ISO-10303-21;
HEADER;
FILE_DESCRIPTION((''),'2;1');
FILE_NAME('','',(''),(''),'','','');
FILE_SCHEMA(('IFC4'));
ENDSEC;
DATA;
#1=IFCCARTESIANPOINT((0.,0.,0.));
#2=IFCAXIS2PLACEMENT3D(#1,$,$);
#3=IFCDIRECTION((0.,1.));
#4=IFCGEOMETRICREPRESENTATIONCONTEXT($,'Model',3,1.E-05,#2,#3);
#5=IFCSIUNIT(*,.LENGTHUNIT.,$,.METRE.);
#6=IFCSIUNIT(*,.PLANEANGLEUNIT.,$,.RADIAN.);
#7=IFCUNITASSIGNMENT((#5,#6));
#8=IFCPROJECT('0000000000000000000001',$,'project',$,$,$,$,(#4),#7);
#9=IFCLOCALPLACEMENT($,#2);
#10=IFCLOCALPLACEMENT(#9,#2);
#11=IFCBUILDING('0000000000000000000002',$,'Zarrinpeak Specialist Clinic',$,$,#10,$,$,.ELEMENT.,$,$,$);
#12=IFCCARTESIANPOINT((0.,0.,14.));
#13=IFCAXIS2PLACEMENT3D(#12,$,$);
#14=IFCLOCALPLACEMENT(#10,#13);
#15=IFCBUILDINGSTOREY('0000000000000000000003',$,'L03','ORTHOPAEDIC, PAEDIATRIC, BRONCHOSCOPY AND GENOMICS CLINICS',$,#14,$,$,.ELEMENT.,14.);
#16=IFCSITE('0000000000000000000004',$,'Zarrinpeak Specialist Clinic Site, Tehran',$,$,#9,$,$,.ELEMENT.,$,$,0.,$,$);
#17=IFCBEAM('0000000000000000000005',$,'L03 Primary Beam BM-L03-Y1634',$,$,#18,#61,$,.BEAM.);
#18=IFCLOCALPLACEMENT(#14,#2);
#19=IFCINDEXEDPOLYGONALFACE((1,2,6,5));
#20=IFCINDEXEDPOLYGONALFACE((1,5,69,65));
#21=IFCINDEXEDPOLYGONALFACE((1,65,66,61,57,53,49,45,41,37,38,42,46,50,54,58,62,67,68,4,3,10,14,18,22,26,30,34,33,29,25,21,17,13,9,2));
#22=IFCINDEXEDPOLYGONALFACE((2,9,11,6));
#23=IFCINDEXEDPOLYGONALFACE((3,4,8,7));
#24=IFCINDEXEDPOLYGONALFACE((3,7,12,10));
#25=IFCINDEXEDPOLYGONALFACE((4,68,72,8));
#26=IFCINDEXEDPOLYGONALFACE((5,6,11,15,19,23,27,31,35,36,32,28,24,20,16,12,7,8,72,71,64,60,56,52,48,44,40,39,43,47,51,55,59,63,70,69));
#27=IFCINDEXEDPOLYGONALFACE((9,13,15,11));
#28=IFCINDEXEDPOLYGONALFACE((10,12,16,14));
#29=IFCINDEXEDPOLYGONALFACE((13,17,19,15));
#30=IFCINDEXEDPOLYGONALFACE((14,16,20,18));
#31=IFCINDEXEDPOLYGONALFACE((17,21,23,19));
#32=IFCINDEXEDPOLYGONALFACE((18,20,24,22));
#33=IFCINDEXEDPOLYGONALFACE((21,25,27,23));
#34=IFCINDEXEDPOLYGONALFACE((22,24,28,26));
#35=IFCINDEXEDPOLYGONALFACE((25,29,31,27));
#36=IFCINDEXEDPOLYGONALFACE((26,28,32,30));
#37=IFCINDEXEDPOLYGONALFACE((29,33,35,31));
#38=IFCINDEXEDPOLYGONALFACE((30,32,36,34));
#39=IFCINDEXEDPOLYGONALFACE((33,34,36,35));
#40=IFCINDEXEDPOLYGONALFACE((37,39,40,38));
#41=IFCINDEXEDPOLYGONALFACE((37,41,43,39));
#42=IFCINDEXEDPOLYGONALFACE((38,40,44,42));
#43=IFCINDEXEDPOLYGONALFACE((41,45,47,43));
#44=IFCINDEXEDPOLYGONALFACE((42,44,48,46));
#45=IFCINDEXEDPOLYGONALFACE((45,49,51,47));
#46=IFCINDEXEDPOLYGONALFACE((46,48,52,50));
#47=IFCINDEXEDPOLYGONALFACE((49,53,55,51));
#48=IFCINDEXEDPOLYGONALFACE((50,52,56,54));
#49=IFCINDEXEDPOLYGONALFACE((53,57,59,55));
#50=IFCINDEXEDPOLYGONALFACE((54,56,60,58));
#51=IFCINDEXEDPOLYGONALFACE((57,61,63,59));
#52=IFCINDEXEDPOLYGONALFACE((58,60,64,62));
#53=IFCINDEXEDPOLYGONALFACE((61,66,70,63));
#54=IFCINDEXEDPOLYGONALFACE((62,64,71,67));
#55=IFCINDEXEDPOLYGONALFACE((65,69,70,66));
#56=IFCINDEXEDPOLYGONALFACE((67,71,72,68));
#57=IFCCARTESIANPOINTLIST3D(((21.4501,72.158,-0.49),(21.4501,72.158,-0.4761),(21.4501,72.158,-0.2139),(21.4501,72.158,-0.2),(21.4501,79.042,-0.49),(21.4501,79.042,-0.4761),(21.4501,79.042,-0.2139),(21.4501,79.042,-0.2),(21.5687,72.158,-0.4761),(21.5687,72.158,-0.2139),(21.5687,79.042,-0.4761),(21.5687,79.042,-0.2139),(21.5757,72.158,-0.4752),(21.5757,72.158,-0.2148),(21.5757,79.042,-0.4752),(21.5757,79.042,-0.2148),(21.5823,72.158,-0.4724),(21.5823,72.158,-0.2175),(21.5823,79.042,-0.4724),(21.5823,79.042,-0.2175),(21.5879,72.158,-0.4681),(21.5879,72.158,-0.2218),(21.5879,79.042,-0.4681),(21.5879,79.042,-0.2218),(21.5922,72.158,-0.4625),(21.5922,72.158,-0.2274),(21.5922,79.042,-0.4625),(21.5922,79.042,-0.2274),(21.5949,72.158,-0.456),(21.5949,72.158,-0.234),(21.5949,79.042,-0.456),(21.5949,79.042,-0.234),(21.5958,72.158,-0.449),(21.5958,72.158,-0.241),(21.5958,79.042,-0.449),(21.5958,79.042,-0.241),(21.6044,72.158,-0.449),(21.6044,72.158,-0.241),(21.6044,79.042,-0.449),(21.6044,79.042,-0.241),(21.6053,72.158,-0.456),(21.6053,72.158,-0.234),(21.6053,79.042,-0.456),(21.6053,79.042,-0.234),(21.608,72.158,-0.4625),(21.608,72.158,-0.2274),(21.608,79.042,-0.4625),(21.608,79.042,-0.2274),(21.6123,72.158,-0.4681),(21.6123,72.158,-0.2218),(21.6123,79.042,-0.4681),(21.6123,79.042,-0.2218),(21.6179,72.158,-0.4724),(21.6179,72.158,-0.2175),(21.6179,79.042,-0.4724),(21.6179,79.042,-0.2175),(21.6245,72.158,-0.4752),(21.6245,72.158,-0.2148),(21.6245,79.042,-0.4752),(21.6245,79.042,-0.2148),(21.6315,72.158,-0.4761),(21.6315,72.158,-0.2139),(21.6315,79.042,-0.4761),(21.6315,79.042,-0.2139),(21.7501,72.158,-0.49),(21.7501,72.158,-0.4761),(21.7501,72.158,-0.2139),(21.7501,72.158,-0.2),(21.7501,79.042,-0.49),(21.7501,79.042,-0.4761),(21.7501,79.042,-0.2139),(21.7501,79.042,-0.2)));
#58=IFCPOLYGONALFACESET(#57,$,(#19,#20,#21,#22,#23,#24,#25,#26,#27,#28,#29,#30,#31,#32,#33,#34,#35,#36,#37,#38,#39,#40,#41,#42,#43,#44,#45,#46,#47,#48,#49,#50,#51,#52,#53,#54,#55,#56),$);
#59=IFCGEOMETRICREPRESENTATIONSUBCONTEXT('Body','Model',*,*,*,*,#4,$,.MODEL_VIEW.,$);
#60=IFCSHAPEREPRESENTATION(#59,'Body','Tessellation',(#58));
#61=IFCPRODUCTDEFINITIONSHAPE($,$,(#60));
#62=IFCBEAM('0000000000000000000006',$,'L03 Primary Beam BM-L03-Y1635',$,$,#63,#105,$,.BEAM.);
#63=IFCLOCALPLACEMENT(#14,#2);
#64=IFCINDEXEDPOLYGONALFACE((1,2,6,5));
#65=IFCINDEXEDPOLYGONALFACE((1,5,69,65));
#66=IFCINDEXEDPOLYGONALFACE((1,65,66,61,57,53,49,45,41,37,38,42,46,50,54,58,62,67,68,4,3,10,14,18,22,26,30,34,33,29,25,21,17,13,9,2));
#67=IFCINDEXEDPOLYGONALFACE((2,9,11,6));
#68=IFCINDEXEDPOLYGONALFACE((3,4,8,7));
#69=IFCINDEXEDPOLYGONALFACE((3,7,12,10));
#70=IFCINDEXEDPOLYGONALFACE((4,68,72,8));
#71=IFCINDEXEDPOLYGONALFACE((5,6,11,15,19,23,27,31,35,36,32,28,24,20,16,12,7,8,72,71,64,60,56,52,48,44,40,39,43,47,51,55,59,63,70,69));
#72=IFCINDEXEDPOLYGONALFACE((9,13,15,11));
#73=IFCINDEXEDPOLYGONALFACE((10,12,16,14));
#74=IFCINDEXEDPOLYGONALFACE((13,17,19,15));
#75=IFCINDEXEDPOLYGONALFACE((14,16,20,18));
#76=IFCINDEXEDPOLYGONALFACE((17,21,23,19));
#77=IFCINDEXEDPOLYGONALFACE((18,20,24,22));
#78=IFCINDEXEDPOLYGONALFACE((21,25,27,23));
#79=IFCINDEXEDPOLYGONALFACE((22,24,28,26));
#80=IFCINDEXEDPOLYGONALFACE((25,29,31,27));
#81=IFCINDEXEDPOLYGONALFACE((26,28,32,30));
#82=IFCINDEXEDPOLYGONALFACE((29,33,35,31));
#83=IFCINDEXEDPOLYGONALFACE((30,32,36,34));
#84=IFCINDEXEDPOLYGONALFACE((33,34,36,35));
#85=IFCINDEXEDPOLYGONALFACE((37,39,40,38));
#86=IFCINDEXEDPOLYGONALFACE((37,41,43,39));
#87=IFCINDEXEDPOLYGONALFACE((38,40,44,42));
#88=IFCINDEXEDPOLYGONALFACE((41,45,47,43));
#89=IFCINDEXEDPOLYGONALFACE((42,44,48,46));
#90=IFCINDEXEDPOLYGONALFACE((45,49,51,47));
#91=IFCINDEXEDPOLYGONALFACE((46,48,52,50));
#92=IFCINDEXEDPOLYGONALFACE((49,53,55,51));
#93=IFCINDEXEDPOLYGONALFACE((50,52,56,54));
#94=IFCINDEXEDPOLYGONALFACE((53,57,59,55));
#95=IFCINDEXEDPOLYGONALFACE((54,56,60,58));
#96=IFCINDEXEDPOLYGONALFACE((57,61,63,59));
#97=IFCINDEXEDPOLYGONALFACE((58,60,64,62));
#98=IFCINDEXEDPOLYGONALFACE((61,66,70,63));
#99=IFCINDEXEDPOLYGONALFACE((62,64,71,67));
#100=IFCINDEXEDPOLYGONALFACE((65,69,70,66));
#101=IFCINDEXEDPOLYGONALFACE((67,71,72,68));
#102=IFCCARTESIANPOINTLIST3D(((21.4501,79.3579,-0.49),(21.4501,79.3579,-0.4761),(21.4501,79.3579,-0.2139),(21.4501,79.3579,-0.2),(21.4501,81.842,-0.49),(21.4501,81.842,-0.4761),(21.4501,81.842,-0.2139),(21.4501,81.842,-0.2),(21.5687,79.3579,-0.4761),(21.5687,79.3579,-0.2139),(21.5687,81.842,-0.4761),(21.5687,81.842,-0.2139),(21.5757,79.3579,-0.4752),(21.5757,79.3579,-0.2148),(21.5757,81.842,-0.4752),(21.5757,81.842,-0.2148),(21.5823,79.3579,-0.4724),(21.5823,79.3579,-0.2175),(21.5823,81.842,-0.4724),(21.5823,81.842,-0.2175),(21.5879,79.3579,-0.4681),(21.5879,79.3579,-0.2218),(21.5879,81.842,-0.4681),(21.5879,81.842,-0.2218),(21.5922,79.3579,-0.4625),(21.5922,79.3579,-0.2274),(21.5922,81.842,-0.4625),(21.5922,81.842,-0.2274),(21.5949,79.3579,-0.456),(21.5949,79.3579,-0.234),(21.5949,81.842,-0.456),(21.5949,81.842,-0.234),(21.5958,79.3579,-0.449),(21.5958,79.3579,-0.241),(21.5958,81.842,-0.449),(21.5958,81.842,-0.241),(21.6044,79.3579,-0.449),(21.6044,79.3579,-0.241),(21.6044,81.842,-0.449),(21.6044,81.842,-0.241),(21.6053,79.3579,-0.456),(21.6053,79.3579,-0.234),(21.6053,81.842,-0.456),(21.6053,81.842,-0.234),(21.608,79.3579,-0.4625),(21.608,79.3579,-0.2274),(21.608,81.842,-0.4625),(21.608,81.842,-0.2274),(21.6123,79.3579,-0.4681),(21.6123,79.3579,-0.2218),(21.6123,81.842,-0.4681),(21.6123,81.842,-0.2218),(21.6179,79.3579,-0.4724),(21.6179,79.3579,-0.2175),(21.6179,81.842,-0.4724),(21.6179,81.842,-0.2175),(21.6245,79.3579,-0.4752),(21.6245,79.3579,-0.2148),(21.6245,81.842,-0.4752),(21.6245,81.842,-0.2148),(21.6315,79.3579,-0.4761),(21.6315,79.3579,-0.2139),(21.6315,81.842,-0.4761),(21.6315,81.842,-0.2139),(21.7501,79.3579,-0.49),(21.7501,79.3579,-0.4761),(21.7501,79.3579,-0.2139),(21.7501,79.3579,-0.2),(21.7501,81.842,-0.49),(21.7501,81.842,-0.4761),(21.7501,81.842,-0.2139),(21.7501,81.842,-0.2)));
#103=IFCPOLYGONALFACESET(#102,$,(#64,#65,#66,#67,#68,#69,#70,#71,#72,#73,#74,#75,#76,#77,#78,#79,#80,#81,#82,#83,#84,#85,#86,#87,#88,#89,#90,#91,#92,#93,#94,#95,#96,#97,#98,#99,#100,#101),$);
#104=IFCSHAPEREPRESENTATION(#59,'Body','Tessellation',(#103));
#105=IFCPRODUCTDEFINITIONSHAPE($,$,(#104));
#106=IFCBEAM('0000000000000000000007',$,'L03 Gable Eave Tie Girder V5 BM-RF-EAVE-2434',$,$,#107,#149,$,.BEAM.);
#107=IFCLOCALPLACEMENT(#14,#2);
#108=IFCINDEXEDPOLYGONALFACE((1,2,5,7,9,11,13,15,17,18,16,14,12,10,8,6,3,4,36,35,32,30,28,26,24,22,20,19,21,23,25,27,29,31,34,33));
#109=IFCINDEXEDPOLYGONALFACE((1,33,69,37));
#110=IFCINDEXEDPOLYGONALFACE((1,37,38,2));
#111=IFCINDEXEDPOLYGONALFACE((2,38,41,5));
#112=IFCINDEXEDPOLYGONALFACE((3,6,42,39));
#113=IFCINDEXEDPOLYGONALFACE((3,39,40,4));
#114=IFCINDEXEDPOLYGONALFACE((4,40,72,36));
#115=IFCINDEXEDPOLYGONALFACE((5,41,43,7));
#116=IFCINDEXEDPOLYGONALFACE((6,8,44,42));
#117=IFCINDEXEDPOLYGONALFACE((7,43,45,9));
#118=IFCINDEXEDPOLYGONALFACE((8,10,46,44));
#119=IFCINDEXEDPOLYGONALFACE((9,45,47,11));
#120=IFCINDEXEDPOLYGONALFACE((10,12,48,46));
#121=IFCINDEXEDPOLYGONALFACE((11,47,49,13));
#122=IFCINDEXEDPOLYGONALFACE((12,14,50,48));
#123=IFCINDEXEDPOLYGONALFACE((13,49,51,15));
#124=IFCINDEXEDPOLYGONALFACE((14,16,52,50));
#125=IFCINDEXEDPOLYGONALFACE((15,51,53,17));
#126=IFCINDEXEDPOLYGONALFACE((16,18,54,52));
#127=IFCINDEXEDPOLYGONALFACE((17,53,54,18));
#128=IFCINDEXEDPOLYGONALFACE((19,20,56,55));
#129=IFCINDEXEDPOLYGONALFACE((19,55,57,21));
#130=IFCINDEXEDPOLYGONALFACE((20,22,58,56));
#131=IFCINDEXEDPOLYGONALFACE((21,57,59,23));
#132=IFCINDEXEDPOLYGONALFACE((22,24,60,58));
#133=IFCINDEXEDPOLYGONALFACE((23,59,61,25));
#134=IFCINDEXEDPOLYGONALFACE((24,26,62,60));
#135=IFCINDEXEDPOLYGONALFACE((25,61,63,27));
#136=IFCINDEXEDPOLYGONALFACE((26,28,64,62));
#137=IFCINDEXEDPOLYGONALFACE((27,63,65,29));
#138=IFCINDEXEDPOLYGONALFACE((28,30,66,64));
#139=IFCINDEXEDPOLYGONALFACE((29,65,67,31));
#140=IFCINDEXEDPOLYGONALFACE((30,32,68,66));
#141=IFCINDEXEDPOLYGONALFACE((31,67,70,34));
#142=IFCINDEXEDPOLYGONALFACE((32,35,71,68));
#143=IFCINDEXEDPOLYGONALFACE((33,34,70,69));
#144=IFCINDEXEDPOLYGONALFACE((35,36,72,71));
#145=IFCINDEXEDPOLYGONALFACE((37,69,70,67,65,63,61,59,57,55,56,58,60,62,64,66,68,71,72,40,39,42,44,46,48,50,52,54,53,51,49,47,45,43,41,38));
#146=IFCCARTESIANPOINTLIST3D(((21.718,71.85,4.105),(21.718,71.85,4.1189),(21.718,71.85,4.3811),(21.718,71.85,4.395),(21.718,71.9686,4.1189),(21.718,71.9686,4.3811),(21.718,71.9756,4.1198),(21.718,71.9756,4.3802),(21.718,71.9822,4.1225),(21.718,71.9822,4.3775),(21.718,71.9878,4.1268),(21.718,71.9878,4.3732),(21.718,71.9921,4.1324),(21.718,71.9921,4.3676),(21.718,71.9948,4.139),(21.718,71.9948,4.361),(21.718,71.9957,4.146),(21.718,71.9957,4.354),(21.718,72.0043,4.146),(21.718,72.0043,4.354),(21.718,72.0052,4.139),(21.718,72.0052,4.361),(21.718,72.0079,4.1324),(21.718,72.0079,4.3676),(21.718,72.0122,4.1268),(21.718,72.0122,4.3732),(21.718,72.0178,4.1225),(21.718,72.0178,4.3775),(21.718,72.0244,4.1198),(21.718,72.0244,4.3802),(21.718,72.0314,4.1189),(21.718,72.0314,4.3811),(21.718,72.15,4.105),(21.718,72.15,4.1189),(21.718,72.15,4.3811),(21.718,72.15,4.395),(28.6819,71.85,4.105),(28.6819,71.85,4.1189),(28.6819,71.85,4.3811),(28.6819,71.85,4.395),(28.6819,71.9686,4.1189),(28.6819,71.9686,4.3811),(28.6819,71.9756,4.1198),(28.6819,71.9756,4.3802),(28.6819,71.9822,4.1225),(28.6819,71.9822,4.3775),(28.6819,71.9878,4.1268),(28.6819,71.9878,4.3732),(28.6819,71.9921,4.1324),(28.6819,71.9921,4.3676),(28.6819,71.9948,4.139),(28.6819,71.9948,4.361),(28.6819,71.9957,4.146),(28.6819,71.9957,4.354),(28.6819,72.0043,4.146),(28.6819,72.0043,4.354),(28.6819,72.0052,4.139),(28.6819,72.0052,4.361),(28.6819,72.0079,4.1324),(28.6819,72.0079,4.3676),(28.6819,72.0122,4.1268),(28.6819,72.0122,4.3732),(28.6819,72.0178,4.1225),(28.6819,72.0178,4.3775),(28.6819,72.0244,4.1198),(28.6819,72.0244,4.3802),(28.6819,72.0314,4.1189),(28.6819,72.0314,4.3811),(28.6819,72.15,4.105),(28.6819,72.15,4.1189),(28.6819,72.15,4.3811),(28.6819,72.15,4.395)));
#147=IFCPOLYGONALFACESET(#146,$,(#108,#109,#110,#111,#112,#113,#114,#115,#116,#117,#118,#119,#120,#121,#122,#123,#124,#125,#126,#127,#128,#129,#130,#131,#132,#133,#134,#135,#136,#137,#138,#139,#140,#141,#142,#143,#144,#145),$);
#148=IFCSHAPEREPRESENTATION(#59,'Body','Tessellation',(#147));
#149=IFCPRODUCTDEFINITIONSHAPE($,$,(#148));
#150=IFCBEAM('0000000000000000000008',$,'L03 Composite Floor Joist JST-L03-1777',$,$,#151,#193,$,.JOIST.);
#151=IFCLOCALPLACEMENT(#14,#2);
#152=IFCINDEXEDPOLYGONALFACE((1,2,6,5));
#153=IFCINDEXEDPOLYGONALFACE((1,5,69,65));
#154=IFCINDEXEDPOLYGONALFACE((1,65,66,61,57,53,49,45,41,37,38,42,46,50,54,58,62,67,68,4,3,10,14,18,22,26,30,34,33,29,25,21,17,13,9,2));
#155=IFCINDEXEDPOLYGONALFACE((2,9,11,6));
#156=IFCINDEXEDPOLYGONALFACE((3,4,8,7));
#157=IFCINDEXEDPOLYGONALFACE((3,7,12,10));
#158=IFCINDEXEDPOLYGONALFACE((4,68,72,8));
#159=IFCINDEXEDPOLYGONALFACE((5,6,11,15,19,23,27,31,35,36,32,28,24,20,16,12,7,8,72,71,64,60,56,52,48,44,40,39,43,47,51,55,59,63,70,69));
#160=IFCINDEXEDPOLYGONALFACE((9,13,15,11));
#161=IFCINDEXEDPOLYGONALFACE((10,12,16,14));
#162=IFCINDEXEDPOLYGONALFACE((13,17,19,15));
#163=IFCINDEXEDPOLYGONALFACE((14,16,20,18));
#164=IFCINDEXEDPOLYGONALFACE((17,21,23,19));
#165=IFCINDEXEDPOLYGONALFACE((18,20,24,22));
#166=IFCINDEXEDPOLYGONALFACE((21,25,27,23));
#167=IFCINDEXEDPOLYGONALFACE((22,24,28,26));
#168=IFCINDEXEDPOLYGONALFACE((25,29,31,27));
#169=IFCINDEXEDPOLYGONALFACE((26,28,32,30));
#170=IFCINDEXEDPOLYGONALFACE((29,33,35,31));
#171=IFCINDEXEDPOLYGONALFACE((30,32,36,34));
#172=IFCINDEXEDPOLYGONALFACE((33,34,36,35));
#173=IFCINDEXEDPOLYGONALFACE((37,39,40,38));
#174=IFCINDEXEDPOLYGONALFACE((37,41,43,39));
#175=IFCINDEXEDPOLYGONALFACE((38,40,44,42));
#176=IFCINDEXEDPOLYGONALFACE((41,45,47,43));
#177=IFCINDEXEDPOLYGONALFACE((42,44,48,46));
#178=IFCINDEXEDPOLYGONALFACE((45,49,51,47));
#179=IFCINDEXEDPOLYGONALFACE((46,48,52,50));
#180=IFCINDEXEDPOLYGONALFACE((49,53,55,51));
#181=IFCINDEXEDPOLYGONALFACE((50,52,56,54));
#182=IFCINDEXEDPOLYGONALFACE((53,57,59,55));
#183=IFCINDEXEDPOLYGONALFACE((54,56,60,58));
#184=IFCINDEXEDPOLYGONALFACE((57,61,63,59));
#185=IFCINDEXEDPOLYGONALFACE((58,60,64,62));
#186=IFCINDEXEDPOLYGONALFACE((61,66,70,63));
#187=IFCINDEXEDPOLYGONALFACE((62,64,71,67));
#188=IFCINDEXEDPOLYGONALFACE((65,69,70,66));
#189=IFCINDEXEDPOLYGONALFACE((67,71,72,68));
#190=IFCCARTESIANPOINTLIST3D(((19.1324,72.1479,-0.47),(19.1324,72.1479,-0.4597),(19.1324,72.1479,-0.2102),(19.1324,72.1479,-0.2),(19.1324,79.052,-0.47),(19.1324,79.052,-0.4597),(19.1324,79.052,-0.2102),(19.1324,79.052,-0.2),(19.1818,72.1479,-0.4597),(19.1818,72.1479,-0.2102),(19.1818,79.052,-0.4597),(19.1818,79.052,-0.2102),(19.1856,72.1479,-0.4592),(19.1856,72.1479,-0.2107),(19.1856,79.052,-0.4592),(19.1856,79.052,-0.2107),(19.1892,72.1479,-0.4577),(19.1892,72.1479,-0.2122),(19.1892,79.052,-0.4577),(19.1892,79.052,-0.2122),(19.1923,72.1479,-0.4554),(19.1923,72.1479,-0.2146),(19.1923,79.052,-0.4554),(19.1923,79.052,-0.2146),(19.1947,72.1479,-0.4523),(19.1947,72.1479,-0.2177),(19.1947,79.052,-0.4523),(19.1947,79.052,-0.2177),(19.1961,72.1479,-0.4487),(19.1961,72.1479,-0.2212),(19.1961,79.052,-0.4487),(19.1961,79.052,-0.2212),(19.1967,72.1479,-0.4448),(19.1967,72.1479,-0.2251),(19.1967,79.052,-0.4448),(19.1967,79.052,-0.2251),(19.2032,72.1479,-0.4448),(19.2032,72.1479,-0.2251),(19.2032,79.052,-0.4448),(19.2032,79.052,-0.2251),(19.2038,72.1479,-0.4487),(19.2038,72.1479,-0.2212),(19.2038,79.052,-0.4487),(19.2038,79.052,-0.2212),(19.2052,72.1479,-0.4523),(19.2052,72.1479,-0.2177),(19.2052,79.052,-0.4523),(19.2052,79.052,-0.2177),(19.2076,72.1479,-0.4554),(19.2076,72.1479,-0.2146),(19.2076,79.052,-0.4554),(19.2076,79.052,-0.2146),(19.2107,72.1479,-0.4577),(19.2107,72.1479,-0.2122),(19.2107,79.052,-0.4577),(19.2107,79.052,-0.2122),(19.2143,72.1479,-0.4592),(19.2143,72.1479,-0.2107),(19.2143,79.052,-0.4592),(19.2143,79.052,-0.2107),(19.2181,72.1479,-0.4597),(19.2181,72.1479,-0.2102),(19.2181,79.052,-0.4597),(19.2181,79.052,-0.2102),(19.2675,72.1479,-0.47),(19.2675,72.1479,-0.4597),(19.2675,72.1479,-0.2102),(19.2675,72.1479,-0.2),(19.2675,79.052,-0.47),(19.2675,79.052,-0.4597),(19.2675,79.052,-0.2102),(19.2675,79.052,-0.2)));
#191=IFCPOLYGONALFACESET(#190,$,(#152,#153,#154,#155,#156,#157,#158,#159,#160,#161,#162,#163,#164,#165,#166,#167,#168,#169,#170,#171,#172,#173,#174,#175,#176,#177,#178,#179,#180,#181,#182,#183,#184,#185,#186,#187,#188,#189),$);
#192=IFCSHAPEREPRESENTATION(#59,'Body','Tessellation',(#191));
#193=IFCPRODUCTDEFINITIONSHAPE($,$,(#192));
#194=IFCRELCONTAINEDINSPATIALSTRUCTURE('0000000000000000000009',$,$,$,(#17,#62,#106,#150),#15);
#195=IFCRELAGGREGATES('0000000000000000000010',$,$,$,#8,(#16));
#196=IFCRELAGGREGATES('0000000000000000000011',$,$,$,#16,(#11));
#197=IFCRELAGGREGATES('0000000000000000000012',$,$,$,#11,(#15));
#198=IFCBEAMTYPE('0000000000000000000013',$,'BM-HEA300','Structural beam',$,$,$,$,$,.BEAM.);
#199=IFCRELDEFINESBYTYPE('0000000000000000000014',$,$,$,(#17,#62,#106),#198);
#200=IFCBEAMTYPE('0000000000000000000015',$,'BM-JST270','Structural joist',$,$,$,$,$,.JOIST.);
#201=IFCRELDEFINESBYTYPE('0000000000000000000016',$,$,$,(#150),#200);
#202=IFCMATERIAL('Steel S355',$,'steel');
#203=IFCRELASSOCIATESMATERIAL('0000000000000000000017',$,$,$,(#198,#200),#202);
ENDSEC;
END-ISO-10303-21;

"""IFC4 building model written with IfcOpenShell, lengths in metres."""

from ifc_helpers import new_model, si_unit, direction, frame, origin, origin_2d, place, context, subcontext, project, spatial, i_section, extrude, material, material_profile, profile_set, type_object, element, save


model = new_model("IFC4")

# Units and contexts
model_context = context("Model", 3, precision=1e-05, world=origin(), true_north=direction((0.0, 1.0)))
body_context = subcontext(model_context, "Body", "Model", "MODEL_VIEW")
ifc_project = project(units=[si_unit("LENGTHUNIT", "METRE"), si_unit("PLANEANGLEUNIT", "RADIAN")], contexts=[model_context])

# Site, building, storey
site_placement = place(None, origin())
site = spatial("IfcSite", under=ifc_project, at=site_placement, Name="Zarrinpeak Specialist Clinic Site, Tehran", CompositionType="ELEMENT", RefElevation=0.0)
building_placement = place(site_placement, origin())
building = spatial("IfcBuilding", under=site, at=building_placement, Name="Zarrinpeak Specialist Clinic", CompositionType="ELEMENT")
storey_placement = place(building_placement, frame((0.0, 0.0, 14.0)))
storey = spatial("IfcBuildingStorey", under=building, at=storey_placement, Name="L03", Description="ORTHOPAEDIC, PAEDIATRIC, BRONCHOSCOPY AND GENOMICS CLINICS", CompositionType="ELEMENT", Elevation=14.0)

# Shared definitions
ifc_material_1 = material(Name="Steel S355", Category="steel")

# Beams
ifc_material_profile_1 = material_profile(ifc_material_1, i_section(OverallWidth=0.3, OverallDepth=0.29, WebThickness=0.0085, FlangeThickness=0.0139, FilletRadius=0.0271, at=origin_2d()), Name="HEA 300")
ifc_profile_set_1 = profile_set([ifc_material_profile_1], Name="Steel S355")
beam_type_1 = type_object("IfcBeamType", Name="BM-HEA300", Description="Structural beam", PredefinedType="BEAM", material=ifc_profile_set_1)
beam_1_placement = place(storey_placement, frame((21.6001, 72.158, -0.345), z_axis=(0.0, 1.0, 0.0), x_axis=(-1.0, 0.0, 0.0)))
element("IfcBeam", 1, at=beam_1_placement, inside=storey, type_object=beam_type_1, Name="L03 Primary Beam BM-L03-Y1634", PredefinedType="BEAM", context=body_context, shape_type="SweptSolid", body=[
    extrude(i_section(OverallWidth=0.3, OverallDepth=0.29, WebThickness=0.0085, FlangeThickness=0.0139, FilletRadius=0.0271, at=origin_2d()), origin(), (0.0, 0.0, 1.0), 6.884),
])
beam_2_placement = place(storey_placement, frame((21.6001, 79.3579, -0.345), z_axis=(0.0, 1.0, 0.0), x_axis=(-1.0, 0.0, 0.0)))
element("IfcBeam", 2, at=beam_2_placement, inside=storey, type_object=beam_type_1, Name="L03 Primary Beam BM-L03-Y1635", PredefinedType="BEAM", context=body_context, shape_type="SweptSolid", body=[
    extrude(i_section(OverallWidth=0.3, OverallDepth=0.29, WebThickness=0.0085, FlangeThickness=0.0139, FilletRadius=0.0271, at=origin_2d()), origin(), (0.0, 0.0, 1.0), 2.4841),
])
beam_3_placement = place(storey_placement, frame((21.718, 72.0, 4.25), z_axis=(1.0, 0.0, 0.0), x_axis=(0.0, 1.0, 0.0)))
element("IfcBeam", 3, at=beam_3_placement, inside=storey, type_object=beam_type_1, Name="L03 Gable Eave Tie Girder V5 BM-RF-EAVE-2434", PredefinedType="BEAM", context=body_context, shape_type="SweptSolid", body=[
    extrude(i_section(OverallWidth=0.3, OverallDepth=0.29, WebThickness=0.0085, FlangeThickness=0.0139, FilletRadius=0.0271, at=origin_2d()), origin(), (0.0, 0.0, 1.0), 6.9639),
])
ifc_material_profile_2 = material_profile(ifc_material_1, i_section(OverallWidth=0.135, OverallDepth=0.27, WebThickness=0.0066, FlangeThickness=0.0103, FilletRadius=0.0149, at=origin_2d()), Name="IPE 270")
ifc_profile_set_2 = profile_set([ifc_material_profile_2], Name="Steel S355")
beam_type_2 = type_object("IfcBeamType", Name="BM-JST270", Description="Structural joist", PredefinedType="JOIST", material=ifc_profile_set_2)
beam_4_placement = place(storey_placement, frame((19.2, 72.1479, -0.335), z_axis=(0.0, 1.0, 0.0), x_axis=(-1.0, 0.0, 0.0)))
element("IfcBeam", 4, at=beam_4_placement, inside=storey, type_object=beam_type_2, Name="L03 Composite Floor Joist JST-L03-1777", PredefinedType="JOIST", context=body_context, shape_type="SweptSolid", body=[
    extrude(i_section(OverallWidth=0.135, OverallDepth=0.27, WebThickness=0.0066, FlangeThickness=0.0103, FilletRadius=0.0149, at=origin_2d()), origin(), (0.0, 0.0, 1.0), 6.9041),
])

save(model, "model.ifc")
